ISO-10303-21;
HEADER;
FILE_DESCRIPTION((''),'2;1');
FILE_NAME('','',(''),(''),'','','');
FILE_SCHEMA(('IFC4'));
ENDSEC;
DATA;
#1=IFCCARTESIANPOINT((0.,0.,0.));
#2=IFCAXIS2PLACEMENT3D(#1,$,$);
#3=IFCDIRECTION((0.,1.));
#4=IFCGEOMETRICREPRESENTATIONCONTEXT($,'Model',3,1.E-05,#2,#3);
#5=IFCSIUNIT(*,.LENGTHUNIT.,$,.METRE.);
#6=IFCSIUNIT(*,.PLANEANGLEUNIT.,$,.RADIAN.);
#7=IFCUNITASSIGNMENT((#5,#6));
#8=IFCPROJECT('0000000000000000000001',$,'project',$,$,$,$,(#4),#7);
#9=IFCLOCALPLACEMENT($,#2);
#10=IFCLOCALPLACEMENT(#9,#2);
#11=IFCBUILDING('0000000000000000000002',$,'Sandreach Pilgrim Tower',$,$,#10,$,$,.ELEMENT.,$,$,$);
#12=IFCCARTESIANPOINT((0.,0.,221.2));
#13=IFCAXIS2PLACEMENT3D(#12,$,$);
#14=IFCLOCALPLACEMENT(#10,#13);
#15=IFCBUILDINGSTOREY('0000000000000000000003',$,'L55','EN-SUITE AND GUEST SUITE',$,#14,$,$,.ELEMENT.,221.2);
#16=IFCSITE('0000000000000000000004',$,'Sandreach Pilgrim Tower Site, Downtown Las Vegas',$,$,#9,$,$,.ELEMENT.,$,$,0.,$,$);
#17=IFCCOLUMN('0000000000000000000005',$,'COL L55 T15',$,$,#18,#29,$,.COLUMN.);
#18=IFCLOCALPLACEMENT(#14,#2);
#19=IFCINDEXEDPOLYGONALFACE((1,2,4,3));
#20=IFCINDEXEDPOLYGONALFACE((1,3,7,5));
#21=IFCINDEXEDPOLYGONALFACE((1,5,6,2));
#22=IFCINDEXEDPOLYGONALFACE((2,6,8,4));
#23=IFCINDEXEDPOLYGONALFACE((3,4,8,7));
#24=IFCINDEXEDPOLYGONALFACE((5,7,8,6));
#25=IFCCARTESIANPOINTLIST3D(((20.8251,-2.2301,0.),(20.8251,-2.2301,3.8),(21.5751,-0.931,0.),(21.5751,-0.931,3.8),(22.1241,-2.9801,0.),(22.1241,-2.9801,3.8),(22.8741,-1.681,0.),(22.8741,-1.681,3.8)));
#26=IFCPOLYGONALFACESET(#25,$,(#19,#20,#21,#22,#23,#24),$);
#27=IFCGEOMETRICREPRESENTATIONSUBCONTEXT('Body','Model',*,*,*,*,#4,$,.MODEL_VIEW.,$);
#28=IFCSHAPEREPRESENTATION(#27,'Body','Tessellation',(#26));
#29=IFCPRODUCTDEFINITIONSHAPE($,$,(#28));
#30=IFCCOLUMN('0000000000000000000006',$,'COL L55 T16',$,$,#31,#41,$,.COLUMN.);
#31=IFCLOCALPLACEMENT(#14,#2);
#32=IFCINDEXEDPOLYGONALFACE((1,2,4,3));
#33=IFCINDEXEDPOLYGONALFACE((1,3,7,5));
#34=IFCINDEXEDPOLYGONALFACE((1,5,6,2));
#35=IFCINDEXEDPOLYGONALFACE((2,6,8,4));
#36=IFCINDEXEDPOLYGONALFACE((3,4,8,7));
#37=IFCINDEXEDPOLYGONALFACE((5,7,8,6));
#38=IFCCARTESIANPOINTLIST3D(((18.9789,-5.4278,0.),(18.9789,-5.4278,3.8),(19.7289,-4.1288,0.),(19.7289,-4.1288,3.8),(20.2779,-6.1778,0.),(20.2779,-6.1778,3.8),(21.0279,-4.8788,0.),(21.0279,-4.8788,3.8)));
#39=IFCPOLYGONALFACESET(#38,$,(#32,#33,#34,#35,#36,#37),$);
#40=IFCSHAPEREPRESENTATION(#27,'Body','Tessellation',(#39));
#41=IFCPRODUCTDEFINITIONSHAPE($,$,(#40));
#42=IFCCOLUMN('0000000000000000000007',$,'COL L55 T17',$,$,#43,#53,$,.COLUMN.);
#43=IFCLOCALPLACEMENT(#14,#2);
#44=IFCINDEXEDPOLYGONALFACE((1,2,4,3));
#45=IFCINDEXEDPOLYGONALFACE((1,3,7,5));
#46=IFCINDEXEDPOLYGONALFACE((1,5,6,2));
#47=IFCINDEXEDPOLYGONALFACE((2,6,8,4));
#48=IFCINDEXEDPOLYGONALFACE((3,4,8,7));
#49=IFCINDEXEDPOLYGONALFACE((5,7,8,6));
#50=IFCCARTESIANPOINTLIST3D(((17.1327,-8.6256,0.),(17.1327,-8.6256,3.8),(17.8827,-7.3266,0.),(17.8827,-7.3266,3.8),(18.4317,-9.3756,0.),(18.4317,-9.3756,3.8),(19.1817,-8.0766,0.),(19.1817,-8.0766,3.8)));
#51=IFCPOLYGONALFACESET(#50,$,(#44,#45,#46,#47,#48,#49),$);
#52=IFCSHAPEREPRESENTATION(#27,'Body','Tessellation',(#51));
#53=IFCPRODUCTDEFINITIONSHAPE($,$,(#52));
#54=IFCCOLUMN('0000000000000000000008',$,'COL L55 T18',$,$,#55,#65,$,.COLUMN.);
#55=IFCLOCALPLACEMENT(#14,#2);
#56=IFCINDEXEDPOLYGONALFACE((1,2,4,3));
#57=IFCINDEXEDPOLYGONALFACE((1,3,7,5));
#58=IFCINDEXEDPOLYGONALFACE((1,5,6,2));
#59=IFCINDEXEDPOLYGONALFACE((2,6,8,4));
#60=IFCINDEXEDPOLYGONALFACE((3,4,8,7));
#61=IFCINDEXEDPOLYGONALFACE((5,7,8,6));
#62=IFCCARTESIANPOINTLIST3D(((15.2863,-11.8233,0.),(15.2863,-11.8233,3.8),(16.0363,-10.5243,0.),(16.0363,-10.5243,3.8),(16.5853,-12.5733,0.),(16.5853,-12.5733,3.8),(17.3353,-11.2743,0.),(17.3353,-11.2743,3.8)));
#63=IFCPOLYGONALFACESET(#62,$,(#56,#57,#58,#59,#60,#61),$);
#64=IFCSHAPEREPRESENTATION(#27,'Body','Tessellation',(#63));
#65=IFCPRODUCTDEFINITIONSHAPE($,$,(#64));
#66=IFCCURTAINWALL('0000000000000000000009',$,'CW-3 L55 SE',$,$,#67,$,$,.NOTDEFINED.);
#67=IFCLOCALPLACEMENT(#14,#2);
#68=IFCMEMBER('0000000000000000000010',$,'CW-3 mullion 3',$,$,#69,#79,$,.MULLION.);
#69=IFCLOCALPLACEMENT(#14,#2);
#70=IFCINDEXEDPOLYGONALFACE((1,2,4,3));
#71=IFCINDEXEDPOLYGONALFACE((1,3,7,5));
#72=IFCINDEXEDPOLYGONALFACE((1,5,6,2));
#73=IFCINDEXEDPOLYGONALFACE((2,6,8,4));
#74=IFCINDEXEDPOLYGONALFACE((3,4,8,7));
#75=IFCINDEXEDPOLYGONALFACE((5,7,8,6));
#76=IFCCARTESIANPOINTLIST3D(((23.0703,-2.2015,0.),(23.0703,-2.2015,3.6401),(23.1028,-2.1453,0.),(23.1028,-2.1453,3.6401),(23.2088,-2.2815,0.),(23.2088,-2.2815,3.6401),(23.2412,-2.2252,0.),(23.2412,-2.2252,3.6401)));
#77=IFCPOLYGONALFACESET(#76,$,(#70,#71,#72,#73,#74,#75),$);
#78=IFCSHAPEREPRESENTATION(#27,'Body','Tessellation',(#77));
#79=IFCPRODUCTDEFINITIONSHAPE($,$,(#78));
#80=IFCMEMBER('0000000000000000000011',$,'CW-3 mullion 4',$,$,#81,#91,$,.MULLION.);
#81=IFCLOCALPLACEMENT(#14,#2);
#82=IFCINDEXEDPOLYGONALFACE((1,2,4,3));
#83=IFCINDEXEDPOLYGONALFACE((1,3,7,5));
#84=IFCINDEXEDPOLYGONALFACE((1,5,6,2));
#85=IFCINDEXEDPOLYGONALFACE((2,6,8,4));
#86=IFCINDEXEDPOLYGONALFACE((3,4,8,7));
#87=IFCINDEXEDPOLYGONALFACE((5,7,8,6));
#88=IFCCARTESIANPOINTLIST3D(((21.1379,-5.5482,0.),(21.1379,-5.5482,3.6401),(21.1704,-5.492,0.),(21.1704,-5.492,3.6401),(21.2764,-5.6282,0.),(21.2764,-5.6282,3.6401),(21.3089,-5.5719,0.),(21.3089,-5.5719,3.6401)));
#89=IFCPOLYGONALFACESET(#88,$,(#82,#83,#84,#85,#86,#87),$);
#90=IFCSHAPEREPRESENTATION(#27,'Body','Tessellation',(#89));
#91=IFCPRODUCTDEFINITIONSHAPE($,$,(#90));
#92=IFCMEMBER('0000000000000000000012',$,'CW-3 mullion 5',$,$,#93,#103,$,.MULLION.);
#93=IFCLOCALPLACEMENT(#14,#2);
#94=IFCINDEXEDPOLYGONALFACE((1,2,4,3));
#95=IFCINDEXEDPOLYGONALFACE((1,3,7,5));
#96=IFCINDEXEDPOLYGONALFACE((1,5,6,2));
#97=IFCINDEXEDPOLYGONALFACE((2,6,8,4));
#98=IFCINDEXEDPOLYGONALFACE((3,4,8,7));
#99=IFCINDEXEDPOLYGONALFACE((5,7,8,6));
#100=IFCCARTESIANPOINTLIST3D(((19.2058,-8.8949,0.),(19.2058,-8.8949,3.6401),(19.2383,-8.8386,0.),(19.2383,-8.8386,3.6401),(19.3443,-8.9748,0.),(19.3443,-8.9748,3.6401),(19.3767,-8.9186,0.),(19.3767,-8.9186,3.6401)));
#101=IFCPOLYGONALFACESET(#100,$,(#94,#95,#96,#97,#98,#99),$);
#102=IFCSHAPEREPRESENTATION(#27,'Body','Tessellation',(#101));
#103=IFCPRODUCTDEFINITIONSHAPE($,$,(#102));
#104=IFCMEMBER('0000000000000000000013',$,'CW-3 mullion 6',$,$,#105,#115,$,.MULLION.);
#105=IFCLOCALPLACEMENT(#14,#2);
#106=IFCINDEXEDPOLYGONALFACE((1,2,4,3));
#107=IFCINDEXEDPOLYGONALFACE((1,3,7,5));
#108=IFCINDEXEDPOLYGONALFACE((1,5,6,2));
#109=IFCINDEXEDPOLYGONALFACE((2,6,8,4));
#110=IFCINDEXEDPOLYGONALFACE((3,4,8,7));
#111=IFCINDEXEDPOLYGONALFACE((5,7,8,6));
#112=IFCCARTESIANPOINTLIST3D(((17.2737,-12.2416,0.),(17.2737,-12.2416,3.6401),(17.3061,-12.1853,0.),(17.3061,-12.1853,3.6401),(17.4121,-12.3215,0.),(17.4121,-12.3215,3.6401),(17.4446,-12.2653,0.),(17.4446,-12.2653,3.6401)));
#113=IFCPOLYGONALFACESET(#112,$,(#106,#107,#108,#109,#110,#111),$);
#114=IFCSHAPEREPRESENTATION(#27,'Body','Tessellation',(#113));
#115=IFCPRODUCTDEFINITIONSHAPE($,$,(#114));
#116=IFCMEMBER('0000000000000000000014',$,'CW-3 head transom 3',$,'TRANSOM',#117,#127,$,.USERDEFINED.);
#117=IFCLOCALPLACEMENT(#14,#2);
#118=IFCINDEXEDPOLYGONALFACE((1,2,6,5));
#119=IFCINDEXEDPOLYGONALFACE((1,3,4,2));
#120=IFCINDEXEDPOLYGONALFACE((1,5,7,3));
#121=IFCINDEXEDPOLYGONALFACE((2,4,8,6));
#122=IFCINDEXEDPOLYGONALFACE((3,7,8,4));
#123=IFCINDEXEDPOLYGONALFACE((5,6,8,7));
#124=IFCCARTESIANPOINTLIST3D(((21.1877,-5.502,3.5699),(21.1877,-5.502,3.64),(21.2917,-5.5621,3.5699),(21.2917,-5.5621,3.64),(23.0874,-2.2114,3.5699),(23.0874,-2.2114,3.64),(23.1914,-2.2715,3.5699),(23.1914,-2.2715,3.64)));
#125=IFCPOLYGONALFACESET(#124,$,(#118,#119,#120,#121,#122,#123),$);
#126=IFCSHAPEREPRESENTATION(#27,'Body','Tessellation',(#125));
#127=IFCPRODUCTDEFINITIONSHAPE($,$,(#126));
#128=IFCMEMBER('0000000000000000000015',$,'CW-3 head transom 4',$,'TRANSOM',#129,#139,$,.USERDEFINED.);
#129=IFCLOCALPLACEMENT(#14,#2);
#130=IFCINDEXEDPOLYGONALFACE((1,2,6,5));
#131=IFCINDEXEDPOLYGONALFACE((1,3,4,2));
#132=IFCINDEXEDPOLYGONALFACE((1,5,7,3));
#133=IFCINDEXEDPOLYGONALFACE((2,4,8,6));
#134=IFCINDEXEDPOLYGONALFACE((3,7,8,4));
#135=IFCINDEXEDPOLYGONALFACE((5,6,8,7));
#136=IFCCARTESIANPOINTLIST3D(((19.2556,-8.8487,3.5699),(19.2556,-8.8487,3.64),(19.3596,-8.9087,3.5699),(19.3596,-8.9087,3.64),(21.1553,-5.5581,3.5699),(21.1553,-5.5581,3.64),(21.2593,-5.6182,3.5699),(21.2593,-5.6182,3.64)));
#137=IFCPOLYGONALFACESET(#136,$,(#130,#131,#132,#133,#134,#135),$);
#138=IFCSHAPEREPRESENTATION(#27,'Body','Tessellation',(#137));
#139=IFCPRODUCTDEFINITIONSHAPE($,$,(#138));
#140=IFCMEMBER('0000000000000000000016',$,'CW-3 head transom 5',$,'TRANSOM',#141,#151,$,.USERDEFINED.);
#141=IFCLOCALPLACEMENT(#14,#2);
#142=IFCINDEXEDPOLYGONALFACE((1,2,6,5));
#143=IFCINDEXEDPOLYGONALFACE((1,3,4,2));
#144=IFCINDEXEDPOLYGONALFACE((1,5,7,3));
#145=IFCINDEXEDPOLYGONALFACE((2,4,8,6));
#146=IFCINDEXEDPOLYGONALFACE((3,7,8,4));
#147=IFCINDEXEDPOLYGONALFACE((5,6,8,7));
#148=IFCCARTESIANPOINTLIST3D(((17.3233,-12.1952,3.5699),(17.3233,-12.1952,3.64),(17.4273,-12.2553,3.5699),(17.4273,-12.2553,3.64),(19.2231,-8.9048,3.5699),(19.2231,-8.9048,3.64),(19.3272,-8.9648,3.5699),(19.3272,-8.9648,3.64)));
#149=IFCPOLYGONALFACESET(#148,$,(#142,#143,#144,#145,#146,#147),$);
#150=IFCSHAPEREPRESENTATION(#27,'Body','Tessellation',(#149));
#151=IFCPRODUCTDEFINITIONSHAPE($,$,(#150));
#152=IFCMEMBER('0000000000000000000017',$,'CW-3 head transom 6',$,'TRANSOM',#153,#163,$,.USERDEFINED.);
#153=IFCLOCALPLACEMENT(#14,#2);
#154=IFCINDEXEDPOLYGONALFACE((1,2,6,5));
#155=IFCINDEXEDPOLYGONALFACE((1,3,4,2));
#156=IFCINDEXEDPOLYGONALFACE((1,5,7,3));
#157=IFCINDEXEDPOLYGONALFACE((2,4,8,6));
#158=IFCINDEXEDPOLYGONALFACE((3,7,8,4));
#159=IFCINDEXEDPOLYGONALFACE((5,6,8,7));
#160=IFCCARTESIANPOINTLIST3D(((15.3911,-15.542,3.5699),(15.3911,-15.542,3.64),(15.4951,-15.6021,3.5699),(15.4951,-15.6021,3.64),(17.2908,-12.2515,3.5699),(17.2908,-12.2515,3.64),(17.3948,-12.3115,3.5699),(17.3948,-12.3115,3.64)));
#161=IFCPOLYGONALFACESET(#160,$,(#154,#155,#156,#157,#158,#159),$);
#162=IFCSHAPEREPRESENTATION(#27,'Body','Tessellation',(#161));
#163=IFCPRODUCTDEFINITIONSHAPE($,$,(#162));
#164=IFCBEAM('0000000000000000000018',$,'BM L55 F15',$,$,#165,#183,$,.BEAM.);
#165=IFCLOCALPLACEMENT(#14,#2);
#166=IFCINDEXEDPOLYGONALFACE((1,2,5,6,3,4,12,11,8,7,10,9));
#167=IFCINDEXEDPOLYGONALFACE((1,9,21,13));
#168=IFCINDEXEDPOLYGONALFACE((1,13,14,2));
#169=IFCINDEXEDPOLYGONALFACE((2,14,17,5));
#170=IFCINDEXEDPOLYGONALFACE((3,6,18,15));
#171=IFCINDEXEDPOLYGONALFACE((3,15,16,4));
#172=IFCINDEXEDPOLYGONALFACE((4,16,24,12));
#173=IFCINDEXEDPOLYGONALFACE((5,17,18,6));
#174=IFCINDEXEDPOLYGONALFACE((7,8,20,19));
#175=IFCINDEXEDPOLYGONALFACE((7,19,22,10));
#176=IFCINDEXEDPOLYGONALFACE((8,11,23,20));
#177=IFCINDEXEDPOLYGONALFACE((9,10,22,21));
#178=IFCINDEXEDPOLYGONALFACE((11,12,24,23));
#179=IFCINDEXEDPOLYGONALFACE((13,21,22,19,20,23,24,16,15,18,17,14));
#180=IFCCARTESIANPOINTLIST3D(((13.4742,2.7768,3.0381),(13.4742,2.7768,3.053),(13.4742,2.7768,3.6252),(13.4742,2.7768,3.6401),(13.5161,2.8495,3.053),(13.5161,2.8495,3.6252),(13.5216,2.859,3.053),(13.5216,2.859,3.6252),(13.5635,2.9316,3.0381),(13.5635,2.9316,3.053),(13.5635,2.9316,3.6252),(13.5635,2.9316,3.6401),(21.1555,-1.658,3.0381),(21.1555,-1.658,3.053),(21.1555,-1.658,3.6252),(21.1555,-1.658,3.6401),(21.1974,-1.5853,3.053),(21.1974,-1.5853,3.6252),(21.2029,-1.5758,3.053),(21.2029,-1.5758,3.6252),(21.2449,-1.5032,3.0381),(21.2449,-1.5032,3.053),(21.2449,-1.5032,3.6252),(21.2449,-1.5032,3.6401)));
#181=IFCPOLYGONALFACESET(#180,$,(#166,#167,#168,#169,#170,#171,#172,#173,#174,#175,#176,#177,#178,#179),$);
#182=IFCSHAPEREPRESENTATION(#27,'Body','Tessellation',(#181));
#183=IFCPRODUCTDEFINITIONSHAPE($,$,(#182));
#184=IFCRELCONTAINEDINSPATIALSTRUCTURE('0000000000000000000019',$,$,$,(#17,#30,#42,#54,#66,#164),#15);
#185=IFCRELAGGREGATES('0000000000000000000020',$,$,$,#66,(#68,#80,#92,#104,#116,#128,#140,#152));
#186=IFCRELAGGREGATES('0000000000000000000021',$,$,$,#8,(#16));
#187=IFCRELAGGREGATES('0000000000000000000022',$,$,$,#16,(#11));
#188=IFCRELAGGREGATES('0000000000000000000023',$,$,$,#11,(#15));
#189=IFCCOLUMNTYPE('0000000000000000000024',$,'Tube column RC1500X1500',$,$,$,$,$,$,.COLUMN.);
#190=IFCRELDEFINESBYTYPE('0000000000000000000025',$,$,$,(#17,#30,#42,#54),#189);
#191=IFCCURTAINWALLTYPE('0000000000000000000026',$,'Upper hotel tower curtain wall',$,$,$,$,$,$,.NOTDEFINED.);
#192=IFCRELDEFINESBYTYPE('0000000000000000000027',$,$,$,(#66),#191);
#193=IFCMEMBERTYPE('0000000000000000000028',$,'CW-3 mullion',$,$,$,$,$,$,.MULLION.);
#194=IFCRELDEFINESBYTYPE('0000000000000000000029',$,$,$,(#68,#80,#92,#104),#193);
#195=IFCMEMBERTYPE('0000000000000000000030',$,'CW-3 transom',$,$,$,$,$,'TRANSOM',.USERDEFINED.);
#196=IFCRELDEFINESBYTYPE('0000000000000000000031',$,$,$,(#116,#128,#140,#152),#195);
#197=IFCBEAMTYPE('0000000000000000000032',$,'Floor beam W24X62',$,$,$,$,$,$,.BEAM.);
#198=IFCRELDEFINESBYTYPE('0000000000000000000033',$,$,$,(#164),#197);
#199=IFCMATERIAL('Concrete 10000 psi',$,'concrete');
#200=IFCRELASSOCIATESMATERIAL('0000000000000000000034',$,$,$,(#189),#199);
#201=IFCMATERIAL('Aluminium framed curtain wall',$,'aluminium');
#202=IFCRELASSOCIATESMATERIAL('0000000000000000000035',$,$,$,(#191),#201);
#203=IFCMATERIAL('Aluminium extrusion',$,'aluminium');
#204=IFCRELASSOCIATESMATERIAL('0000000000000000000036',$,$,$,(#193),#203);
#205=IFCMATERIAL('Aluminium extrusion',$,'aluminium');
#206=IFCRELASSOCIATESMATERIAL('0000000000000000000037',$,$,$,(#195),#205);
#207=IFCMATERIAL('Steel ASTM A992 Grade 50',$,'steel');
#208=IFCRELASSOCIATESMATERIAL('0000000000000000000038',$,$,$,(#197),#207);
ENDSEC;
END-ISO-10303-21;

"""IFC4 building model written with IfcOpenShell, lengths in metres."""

from ifc_helpers import new_model, si_unit, direction, frame, origin, origin_2d, place, context, subcontext, project, spatial, rectangle, i_section, extrude, material, material_profile, profile_set, type_object, element, aggregate, save


model = new_model("IFC4")

# Units and contexts
model_context = context("Model", 3, precision=1e-05, world=origin(), true_north=direction((0.0, 1.0)))
body_context = subcontext(model_context, "Body", "Model", "MODEL_VIEW")
ifc_project = project(units=[si_unit("LENGTHUNIT", "METRE"), si_unit("PLANEANGLEUNIT", "RADIAN")], contexts=[model_context])

# Site, building, storey
site_placement = place(None, origin())
site = spatial("IfcSite", under=ifc_project, at=site_placement, Name="Sandreach Pilgrim Tower Site, Downtown Las Vegas", CompositionType="ELEMENT", RefElevation=0.0)
building_placement = place(site_placement, origin())
building = spatial("IfcBuilding", under=site, at=building_placement, Name="Sandreach Pilgrim Tower", CompositionType="ELEMENT")
storey_placement = place(building_placement, frame((0.0, 0.0, 221.2)))
storey = spatial("IfcBuildingStorey", under=building, at=storey_placement, Name="L55", Description="EN-SUITE AND GUEST SUITE", CompositionType="ELEMENT", Elevation=221.2)

# Columns
ifc_material_1 = material(Name="Concrete 10000 psi", Category="concrete")
ifc_material_profile_1 = material_profile(ifc_material_1, rectangle(XDim=1.5, YDim=1.5, at=origin_2d()), Name="RC1500X1500")
ifc_profile_set_1 = profile_set([ifc_material_profile_1], Name="Concrete 10000 psi")
column_type = type_object("IfcColumnType", Name="Tube column RC1500X1500", PredefinedType="COLUMN", material=ifc_profile_set_1)
for number, where, z_axis, x_axis, name in (
    (1, (21.8496, -1.9556, 0.0), (0.0, 0.0, 1.0), (0.866025, -0.5, 0.0), "COL L55 T15"),
    (2, (20.0034, -5.1533, 0.0), (0.0, 0.0, 1.0), (0.866025, -0.5, 0.0), "COL L55 T16"),
    (3, (18.1572, -8.3511, 0.0), (0.0, 0.0, 1.0), (0.866025, -0.5, 0.0), "COL L55 T17"),
    (4, (16.3108, -11.5488, 0.0), (0.0, 0.0, 1.0), (0.866025, -0.5, 0.0), "COL L55 T18"),
):
    element("IfcColumn", number, at=place(storey_placement, frame(where, z_axis=z_axis, x_axis=x_axis)), inside=storey, type_object=column_type, Name=name, PredefinedType="COLUMN", context=body_context, shape_type="SweptSolid", body=[
        extrude(rectangle(XDim=1.5, YDim=1.5, at=origin_2d()), origin(), (0.0, 0.0, 1.0), 3.8),
    ])

# Curtain wall, members
ifc_material_2 = material(Name="Aluminium framed curtain wall", Category="aluminium")
curtain_wall_type = type_object("IfcCurtainWallType", Name="Upper hotel tower curtain wall", PredefinedType="NOTDEFINED", material=ifc_material_2)
curtain_wall_placement = place(storey_placement, origin())
curtain_wall = element("IfcCurtainWall", 5, at=curtain_wall_placement, inside=storey, type_object=curtain_wall_type, Name="CW-3 L55 SE", PredefinedType="NOTDEFINED")
ifc_material_3 = material(Name="Aluminium extrusion", Category="aluminium")
ifc_material_profile_2 = material_profile(ifc_material_3, rectangle(XDim=0.0649, YDim=0.1599, at=origin_2d()), Name="CW-3M 65X160")
ifc_profile_set_2 = profile_set([ifc_material_profile_2], Name="Aluminium extrusion")
member_type_1 = type_object("IfcMemberType", Name="CW-3 mullion", PredefinedType="MULLION", material=ifc_profile_set_2)
member_1_placement = place(storey_placement, frame((23.1558, -2.2134, 0.0), z_axis=(0.0, 0.0, 1.0), x_axis=(-0.5, -0.866025, 0.0)))
member_1 = element("IfcMember", 6, at=member_1_placement, type_object=member_type_1, Name="CW-3 mullion 3", PredefinedType="MULLION", context=body_context, shape_type="SweptSolid", body=[
    extrude(rectangle(XDim=0.0649, YDim=0.1599, at=origin_2d()), origin(), (0.0, 0.0, 1.0), 3.6401),
])
member_2_placement = place(storey_placement, frame((21.2234, -5.5601, 0.0), z_axis=(0.0, 0.0, 1.0), x_axis=(-0.5, -0.866025, 0.0)))
member_2 = element("IfcMember", 7, at=member_2_placement, type_object=member_type_1, Name="CW-3 mullion 4", PredefinedType="MULLION", context=body_context, shape_type="SweptSolid", body=[
    extrude(rectangle(XDim=0.0649, YDim=0.1599, at=origin_2d()), origin(), (0.0, 0.0, 1.0), 3.6401),
])
member_3_placement = place(storey_placement, frame((19.2913, -8.9067, 0.0), z_axis=(0.0, 0.0, 1.0), x_axis=(-0.5, -0.866025, 0.0)))
member_3 = element("IfcMember", 8, at=member_3_placement, type_object=member_type_1, Name="CW-3 mullion 5", PredefinedType="MULLION", context=body_context, shape_type="SweptSolid", body=[
    extrude(rectangle(XDim=0.0649, YDim=0.1599, at=origin_2d()), origin(), (0.0, 0.0, 1.0), 3.6401),
])
member_4_placement = place(storey_placement, frame((17.3591, -12.2534, 0.0), z_axis=(0.0, 0.0, 1.0), x_axis=(-0.5, -0.866025, 0.0)))
member_4 = element("IfcMember", 9, at=member_4_placement, type_object=member_type_1, Name="CW-3 mullion 6", PredefinedType="MULLION", context=body_context, shape_type="SweptSolid", body=[
    extrude(rectangle(XDim=0.0649, YDim=0.1599, at=origin_2d()), origin(), (0.0, 0.0, 1.0), 3.6401),
])
ifc_material_4 = material(Name="Aluminium extrusion", Category="aluminium")
ifc_material_profile_3 = material_profile(ifc_material_4, rectangle(XDim=0.1201, YDim=0.0701, at=origin_2d()), Name="CW-3T 120X70")
ifc_profile_set_3 = profile_set([ifc_material_profile_3], Name="Aluminium extrusion")
member_type_2 = type_object("IfcMemberType", Name="CW-3 transom", ElementType="TRANSOM", PredefinedType="USERDEFINED", material=ifc_profile_set_3)
member_5_placement = place(storey_placement, frame((23.1394, -2.2415, 3.605), z_axis=(-0.499975, -0.86604, 0.0), x_axis=(0.86604, -0.499975, 0.0)))
member_5 = element("IfcMember", 10, at=member_5_placement, type_object=member_type_2, Name="CW-3 head transom 3", ObjectType="TRANSOM", PredefinedType="USERDEFINED", context=body_context, shape_type="SweptSolid", body=[
    extrude(rectangle(XDim=0.1201, YDim=0.0701, at=origin_2d()), origin(), (0.0, 0.0, 1.0), 3.7996),
])
member_6_placement = place(storey_placement, frame((21.2073, -5.5881, 3.605), z_axis=(-0.499975, -0.86604, 0.0), x_axis=(0.86604, -0.499975, 0.0)))
member_6 = element("IfcMember", 11, at=member_6_placement, type_object=member_type_2, Name="CW-3 head transom 4", ObjectType="TRANSOM", PredefinedType="USERDEFINED", context=body_context, shape_type="SweptSolid", body=[
    extrude(rectangle(XDim=0.1201, YDim=0.0701, at=origin_2d()), origin(), (0.0, 0.0, 1.0), 3.7996),
])
member_7_placement = place(storey_placement, frame((19.2751, -8.9348, 3.605), z_axis=(-0.500023, -0.866012, 0.0), x_axis=(0.866012, -0.500023, 0.0)))
member_7 = element("IfcMember", 12, at=member_7_placement, type_object=member_type_2, Name="CW-3 head transom 5", ObjectType="TRANSOM", PredefinedType="USERDEFINED", context=body_context, shape_type="SweptSolid", body=[
    extrude(rectangle(XDim=0.1201, YDim=0.0701, at=origin_2d()), origin(), (0.0, 0.0, 1.0), 3.7996),
])
member_8_placement = place(storey_placement, frame((17.3428, -12.2815, 3.605), z_axis=(-0.499975, -0.86604, 0.0), x_axis=(0.86604, -0.499975, 0.0)))
member_8 = element("IfcMember", 13, at=member_8_placement, type_object=member_type_2, Name="CW-3 head transom 6", ObjectType="TRANSOM", PredefinedType="USERDEFINED", context=body_context, shape_type="SweptSolid", body=[
    extrude(rectangle(XDim=0.1201, YDim=0.0701, at=origin_2d()), origin(), (0.0, 0.0, 1.0), 3.7996),
])

# Beam
ifc_material_5 = material(Name="Steel ASTM A992 Grade 50", Category="steel")
ifc_material_profile_4 = material_profile(ifc_material_5, i_section(OverallWidth=0.1787, OverallDepth=0.6021, WebThickness=0.011, FlangeThickness=0.0149, at=origin_2d()), Name="W24X62")
ifc_profile_set_4 = profile_set([ifc_material_profile_4], Name="Steel ASTM A992 Grade 50")
beam_type_1 = type_object("IfcBeamType", Name="Floor beam W24X62", PredefinedType="BEAM", material=ifc_profile_set_4)
beam_1_placement = place(storey_placement, frame((21.2002, -1.5806, 3.3391), z_axis=(-0.866027, 0.499996, 0.0), x_axis=(-0.499996, -0.866027, 0.0)))
element("IfcBeam", 14, at=beam_1_placement, inside=storey, type_object=beam_type_1, Name="BM L55 F15", PredefinedType="BEAM", context=body_context, shape_type="SweptSolid", body=[
    extrude(i_section(OverallWidth=0.1787, OverallDepth=0.6021, WebThickness=0.011, FlangeThickness=0.0149, at=origin_2d()), origin(), (0.0, 0.0, 1.0), 8.8696),
])

aggregate(curtain_wall, [member_1, member_2, member_3, member_4, member_5, member_6, member_7, member_8])

save(model, "model.ifc")
